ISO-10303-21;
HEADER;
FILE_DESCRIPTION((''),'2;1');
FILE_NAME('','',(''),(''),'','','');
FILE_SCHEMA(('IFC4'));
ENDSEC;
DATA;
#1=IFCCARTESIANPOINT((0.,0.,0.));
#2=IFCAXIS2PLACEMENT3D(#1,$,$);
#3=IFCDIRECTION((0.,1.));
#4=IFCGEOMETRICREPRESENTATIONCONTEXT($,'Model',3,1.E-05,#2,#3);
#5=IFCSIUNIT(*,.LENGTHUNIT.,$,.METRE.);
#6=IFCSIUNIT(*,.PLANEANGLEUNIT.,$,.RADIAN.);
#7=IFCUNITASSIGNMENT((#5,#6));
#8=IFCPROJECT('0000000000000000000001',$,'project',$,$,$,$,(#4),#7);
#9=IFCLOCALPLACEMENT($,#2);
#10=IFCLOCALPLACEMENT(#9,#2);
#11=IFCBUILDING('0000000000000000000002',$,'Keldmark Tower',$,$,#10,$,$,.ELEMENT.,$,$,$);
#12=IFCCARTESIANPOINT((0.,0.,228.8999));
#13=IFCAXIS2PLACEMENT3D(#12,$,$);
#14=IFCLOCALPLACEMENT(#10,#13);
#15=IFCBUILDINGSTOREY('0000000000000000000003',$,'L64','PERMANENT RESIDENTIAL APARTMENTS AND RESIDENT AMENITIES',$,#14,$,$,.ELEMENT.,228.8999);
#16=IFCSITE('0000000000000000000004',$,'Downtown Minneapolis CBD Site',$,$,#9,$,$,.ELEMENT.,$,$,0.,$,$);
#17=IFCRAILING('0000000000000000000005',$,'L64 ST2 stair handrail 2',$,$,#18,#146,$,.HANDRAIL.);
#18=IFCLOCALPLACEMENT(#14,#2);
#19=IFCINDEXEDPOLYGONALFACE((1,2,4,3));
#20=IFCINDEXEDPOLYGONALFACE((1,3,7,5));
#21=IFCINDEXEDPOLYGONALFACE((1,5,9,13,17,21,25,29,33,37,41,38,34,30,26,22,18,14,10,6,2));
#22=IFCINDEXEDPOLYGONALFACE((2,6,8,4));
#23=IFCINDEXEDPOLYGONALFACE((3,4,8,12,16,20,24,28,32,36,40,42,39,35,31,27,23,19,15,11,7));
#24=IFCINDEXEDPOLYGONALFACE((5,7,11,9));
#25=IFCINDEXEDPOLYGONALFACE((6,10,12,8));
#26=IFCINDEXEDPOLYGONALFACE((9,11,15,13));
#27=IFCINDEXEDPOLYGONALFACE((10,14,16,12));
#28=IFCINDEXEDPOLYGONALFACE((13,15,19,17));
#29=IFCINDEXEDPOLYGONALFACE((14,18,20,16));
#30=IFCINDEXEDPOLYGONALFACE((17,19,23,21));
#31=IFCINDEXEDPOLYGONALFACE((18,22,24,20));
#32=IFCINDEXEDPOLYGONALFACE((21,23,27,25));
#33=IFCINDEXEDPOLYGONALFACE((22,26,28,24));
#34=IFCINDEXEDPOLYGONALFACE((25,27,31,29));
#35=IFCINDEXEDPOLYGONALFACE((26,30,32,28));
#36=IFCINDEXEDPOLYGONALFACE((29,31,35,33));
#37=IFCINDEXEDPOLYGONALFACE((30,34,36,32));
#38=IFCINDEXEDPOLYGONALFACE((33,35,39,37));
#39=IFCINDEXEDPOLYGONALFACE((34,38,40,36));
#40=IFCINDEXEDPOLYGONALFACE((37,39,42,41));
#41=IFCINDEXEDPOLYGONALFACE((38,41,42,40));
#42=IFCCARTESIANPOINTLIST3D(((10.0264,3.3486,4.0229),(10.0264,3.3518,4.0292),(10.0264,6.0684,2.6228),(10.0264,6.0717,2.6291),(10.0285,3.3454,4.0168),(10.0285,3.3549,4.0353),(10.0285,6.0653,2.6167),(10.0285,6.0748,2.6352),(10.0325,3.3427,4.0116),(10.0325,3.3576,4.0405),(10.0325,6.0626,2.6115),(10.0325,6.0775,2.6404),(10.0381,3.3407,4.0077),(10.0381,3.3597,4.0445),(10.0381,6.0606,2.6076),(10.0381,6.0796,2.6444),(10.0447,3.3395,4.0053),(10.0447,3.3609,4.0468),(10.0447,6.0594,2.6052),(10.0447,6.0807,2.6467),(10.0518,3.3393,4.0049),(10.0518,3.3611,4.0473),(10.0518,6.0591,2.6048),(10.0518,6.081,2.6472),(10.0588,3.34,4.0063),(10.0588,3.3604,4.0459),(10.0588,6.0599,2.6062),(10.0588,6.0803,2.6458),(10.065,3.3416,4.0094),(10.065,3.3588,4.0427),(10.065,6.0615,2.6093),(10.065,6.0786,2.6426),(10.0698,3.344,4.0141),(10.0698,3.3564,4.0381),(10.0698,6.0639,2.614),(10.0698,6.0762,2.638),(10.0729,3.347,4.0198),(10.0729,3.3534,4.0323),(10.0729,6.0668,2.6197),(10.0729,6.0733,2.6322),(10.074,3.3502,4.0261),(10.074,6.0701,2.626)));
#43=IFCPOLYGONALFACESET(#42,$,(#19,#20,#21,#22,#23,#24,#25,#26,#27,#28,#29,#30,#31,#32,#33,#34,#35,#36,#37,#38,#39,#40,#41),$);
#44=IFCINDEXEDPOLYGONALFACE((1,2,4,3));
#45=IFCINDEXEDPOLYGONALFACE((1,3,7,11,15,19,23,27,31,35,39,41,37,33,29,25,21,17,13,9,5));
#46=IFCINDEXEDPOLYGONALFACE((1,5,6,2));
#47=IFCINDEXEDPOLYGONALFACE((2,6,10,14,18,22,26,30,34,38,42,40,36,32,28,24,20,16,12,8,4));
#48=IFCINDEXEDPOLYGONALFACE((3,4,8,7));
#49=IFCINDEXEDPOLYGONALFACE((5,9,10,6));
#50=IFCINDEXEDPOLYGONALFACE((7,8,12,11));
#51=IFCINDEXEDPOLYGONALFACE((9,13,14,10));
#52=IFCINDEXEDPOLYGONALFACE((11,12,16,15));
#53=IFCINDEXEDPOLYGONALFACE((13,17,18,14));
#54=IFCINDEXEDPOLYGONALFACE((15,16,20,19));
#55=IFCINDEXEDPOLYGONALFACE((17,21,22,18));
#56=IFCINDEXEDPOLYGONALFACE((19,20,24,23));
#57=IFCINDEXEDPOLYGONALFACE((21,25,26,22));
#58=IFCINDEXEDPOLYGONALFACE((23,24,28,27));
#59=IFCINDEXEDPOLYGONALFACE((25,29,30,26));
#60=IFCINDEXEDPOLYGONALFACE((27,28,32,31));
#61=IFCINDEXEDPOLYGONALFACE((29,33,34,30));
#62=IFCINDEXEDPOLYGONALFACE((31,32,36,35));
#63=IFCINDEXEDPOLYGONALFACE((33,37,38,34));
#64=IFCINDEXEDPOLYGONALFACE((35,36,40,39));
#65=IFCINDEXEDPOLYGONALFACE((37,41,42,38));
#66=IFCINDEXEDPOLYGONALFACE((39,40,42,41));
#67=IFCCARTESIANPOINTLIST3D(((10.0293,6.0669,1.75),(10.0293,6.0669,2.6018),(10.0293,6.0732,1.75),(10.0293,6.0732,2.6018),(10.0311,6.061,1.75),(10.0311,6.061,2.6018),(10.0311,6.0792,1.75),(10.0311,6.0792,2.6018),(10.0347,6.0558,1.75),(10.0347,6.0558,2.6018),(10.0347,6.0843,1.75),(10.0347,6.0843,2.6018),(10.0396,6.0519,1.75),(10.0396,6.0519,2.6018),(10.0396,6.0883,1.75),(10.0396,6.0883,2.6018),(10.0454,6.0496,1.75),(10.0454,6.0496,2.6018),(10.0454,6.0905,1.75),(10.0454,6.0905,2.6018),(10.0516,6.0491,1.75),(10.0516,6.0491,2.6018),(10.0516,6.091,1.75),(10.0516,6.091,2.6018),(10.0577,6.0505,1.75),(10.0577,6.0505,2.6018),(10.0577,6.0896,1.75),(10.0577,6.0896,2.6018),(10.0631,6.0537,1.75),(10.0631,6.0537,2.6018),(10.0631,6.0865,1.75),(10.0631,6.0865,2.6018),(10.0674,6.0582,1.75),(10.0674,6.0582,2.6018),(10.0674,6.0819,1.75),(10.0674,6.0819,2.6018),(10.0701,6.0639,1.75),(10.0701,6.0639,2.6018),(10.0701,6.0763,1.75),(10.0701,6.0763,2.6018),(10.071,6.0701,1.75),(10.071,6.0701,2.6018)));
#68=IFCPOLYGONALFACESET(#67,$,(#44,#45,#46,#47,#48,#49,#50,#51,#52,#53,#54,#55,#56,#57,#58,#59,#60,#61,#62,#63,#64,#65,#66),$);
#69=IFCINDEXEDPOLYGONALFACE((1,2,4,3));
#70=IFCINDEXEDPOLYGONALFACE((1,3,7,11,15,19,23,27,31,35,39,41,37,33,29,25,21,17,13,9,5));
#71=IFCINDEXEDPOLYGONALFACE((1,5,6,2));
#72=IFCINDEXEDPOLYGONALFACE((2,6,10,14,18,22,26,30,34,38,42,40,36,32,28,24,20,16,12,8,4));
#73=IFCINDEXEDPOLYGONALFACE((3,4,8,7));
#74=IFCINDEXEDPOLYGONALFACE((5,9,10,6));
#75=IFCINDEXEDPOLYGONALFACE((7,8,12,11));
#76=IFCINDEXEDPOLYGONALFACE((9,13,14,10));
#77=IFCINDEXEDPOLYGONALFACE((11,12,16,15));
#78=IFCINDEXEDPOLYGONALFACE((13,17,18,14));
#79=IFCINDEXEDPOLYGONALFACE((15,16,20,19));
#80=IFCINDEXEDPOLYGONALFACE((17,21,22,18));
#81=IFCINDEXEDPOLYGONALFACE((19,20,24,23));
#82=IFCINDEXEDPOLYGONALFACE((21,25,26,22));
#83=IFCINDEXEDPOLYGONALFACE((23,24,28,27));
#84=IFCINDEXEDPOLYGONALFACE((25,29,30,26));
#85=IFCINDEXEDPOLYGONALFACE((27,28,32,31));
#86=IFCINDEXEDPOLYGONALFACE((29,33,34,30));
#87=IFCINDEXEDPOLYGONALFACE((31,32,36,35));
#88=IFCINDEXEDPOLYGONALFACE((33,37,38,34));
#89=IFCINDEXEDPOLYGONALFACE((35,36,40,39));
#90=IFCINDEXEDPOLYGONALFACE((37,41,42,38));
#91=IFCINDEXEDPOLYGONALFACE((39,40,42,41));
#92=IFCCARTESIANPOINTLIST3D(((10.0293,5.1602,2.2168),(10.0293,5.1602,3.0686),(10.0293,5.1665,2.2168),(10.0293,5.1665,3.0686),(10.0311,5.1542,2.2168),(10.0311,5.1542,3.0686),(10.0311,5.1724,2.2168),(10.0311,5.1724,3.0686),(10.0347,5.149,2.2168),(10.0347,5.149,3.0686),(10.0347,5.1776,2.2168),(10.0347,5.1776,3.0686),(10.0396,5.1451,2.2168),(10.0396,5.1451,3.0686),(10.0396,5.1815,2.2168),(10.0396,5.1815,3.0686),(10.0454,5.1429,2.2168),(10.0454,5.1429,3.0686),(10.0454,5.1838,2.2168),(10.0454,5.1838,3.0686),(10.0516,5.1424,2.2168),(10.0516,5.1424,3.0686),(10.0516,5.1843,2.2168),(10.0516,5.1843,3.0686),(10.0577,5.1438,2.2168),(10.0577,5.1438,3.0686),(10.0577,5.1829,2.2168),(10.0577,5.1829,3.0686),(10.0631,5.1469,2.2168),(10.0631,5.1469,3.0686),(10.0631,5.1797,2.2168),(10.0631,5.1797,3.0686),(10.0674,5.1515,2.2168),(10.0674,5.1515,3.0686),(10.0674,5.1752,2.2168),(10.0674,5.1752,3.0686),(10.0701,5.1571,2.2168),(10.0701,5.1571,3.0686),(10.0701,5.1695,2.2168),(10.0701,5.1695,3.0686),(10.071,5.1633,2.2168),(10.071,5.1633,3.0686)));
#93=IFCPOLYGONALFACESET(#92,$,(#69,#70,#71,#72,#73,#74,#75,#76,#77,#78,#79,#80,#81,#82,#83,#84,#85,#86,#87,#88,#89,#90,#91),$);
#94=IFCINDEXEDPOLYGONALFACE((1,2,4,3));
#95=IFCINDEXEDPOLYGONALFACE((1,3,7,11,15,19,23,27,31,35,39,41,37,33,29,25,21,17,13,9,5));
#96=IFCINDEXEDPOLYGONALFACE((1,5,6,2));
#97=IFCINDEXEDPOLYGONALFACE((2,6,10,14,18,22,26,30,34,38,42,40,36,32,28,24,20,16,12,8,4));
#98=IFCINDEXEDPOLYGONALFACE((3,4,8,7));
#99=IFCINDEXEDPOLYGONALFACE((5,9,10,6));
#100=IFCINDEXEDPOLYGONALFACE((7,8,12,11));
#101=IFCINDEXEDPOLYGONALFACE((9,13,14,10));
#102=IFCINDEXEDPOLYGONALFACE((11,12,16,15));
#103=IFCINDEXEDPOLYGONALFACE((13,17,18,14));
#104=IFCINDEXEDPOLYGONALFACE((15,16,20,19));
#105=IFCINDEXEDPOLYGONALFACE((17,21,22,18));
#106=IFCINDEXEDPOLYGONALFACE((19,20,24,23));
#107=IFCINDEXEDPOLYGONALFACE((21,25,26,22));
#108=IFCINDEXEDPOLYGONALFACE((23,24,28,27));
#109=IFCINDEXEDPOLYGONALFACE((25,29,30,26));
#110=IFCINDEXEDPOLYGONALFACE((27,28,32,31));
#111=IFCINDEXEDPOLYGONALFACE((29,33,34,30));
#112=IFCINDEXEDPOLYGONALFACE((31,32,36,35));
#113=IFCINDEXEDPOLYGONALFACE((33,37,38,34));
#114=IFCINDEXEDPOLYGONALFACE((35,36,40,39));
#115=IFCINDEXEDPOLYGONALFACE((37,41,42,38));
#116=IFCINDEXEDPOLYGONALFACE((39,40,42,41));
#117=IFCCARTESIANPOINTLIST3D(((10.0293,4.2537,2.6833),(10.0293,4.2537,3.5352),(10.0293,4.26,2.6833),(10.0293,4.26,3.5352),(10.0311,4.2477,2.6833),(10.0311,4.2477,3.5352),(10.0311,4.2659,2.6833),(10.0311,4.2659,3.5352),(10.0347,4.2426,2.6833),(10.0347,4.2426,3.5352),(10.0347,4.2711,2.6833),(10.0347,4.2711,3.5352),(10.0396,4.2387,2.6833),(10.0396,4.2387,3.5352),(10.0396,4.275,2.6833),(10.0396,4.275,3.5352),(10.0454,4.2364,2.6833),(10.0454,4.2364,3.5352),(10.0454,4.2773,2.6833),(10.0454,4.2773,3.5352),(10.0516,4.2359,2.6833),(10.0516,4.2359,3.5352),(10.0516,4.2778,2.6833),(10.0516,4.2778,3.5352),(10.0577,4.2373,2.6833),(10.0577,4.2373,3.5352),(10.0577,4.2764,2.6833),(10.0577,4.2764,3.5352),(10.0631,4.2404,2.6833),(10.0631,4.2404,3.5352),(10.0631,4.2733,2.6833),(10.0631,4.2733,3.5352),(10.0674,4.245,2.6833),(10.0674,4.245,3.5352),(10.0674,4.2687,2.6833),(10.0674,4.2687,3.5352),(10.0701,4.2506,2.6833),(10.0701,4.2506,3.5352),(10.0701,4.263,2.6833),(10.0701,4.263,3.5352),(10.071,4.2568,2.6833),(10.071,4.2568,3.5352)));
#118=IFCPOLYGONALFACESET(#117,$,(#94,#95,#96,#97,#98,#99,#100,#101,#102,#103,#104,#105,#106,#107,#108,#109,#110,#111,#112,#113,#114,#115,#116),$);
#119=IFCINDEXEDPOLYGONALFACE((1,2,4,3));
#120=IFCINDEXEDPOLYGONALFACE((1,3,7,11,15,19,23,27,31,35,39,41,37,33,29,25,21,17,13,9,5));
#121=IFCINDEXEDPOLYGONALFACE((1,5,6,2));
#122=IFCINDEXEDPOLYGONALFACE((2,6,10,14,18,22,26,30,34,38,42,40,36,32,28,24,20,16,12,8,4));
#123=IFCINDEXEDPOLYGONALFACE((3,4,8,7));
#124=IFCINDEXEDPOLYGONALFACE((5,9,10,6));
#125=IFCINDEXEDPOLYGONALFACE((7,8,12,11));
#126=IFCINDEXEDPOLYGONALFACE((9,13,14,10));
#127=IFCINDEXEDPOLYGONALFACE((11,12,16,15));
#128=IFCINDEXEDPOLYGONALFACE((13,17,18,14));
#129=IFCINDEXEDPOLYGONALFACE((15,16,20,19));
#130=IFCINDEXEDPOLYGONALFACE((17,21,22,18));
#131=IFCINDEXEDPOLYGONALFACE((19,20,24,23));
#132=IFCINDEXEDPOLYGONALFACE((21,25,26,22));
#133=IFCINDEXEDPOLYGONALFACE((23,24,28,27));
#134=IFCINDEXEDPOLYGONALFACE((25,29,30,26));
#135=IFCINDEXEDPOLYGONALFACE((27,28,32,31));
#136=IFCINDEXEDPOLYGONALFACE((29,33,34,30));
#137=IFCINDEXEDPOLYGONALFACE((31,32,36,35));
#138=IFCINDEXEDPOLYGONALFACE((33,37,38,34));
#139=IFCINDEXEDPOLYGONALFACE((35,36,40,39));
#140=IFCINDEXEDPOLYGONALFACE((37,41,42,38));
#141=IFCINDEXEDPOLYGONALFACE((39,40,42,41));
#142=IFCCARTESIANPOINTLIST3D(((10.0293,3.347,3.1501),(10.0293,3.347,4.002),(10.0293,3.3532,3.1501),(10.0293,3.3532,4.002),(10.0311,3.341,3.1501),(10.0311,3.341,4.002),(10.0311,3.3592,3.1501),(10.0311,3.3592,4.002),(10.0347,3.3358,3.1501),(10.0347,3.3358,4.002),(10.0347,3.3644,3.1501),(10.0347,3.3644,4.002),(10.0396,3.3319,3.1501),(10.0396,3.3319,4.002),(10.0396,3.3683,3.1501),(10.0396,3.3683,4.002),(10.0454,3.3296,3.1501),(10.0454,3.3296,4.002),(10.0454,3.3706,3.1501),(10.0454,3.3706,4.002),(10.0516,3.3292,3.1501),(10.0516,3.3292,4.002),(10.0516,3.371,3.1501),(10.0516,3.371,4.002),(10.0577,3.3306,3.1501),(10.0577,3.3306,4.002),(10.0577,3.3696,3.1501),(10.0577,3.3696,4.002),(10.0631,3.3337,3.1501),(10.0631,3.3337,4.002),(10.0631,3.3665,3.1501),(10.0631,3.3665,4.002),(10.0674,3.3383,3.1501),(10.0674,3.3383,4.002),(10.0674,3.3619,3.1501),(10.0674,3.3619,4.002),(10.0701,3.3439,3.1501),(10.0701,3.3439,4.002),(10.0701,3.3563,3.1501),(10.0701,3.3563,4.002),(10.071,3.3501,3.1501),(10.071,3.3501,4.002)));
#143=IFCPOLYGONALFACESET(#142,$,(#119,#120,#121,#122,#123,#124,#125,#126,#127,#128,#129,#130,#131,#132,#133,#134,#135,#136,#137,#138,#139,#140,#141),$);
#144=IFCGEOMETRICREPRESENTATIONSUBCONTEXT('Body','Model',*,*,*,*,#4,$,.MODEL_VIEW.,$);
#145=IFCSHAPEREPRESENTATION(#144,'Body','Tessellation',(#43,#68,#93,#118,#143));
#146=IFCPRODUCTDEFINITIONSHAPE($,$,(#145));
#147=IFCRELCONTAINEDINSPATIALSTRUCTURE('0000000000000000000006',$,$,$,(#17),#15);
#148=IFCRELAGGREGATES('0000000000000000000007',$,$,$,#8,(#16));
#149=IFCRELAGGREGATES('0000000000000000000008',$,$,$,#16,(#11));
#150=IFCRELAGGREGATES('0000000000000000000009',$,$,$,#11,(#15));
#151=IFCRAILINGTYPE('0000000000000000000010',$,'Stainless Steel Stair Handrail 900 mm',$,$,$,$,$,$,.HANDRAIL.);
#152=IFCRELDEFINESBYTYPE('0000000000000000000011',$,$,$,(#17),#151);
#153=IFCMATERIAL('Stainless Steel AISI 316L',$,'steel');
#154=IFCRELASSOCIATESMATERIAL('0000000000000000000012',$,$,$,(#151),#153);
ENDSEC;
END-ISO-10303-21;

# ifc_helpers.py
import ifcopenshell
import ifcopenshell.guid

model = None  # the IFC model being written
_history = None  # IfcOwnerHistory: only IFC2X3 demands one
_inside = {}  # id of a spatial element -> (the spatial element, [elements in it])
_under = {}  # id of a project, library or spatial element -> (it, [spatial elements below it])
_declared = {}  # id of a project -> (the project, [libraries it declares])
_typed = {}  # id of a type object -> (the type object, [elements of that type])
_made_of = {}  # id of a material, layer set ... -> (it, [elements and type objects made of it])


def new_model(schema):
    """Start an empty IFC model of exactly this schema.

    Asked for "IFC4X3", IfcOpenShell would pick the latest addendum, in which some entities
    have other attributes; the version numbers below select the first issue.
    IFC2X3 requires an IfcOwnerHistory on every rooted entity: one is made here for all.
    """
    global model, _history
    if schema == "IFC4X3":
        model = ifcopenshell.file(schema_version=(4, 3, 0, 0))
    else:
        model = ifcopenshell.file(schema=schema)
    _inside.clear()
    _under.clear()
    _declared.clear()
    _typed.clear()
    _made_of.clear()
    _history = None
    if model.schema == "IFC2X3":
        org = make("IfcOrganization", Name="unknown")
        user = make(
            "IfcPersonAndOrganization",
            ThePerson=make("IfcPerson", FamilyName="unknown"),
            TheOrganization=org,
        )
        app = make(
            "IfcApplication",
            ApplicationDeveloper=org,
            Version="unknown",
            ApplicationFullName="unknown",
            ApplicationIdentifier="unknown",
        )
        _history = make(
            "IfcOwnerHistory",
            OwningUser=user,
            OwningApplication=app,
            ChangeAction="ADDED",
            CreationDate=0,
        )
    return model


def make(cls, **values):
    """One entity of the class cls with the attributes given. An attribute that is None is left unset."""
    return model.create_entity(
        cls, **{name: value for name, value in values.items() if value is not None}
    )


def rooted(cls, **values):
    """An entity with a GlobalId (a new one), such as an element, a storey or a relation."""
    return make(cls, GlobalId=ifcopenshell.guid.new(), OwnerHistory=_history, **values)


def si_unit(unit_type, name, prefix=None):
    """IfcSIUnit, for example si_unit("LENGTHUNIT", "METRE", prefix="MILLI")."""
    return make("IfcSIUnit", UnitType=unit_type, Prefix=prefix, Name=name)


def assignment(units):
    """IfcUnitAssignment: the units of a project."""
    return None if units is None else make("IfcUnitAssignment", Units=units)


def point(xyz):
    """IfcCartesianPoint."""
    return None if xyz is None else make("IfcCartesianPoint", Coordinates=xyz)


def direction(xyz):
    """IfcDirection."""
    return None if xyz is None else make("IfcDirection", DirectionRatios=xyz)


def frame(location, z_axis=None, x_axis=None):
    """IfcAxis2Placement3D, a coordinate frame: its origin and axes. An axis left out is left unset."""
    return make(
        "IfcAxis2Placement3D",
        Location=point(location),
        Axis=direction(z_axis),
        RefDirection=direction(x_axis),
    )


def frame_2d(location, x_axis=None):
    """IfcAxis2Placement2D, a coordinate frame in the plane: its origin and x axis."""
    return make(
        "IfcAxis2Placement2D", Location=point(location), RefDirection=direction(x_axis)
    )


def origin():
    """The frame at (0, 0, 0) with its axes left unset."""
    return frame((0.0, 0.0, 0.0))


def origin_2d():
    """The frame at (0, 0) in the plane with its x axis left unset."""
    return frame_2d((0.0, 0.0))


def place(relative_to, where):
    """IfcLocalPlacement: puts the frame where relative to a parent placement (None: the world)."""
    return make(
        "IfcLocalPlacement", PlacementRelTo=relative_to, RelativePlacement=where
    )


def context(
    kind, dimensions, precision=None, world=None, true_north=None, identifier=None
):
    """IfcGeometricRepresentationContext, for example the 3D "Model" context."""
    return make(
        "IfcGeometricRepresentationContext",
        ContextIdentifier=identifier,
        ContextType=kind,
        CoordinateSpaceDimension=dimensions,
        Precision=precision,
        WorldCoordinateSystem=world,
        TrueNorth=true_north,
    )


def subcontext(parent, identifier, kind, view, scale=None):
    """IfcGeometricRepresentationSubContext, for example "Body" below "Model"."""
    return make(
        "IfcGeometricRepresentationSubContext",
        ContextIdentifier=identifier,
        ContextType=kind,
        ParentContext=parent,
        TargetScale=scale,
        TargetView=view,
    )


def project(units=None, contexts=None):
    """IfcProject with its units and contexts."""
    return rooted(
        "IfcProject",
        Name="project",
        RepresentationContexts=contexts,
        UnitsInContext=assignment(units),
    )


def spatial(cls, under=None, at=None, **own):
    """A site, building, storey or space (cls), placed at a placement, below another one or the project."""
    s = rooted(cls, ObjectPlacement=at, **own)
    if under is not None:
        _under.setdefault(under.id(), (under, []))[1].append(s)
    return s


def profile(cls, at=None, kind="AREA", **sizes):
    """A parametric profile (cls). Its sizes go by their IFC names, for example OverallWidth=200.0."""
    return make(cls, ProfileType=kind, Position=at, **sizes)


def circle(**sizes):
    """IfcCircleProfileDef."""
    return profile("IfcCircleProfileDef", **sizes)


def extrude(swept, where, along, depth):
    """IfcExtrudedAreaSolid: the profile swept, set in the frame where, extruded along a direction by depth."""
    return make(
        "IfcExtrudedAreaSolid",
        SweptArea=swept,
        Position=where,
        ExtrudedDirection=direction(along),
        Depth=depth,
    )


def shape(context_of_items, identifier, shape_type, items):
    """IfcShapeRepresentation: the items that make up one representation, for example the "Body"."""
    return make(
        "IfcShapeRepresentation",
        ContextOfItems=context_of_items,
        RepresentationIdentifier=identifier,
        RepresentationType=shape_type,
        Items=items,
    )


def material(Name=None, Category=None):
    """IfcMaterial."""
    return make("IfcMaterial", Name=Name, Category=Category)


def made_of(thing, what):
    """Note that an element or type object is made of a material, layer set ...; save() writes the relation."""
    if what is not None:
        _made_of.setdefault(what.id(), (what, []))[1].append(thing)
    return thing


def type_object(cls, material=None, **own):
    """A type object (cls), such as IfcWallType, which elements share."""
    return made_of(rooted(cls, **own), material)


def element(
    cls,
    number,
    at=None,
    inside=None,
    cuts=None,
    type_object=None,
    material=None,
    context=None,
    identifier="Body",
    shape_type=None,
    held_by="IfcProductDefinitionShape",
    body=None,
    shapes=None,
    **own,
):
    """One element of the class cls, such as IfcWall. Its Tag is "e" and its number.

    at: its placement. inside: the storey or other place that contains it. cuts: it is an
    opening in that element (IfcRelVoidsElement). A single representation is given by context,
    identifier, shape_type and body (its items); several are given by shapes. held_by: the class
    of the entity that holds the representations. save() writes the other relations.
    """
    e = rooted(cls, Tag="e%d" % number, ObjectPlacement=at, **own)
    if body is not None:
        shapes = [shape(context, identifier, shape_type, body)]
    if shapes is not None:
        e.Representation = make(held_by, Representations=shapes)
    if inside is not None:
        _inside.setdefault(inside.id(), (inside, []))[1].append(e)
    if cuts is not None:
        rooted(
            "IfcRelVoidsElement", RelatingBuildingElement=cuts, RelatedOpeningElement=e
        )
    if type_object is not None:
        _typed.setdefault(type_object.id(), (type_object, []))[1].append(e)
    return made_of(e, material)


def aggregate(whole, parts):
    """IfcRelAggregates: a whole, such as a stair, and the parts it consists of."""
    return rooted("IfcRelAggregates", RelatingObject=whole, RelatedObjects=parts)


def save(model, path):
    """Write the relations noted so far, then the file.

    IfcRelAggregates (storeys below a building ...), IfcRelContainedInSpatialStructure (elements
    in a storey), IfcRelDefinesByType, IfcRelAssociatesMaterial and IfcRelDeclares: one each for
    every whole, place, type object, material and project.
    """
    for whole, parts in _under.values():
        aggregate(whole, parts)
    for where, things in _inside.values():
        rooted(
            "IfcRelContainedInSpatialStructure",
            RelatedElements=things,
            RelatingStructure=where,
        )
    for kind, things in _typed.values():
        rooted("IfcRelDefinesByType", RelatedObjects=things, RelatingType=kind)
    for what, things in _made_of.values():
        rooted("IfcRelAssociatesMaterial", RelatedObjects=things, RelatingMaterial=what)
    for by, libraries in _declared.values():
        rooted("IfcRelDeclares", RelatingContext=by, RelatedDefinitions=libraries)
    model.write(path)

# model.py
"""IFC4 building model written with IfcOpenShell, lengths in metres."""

from ifc_helpers import new_model, si_unit, direction, frame, origin, origin_2d, place, context, subcontext, project, spatial, circle, extrude, material, type_object, element, save


model = new_model("IFC4")

# Units and contexts
model_context = context("Model", 3, precision=1e-05, world=origin(), true_north=direction((0.0, 1.0)))
body_context = subcontext(model_context, "Body", "Model", "MODEL_VIEW")
ifc_project = project(units=[si_unit("LENGTHUNIT", "METRE"), si_unit("PLANEANGLEUNIT", "RADIAN")], contexts=[model_context])

# Site, building, storey
site_placement = place(None, origin())
site = spatial("IfcSite", under=ifc_project, at=site_placement, Name="Downtown Minneapolis CBD Site", CompositionType="ELEMENT", RefElevation=0.0)
building_placement = place(site_placement, origin())
building = spatial("IfcBuilding", under=site, at=building_placement, Name="Keldmark Tower", CompositionType="ELEMENT")
storey_placement = place(building_placement, frame((0.0, 0.0, 228.8999)))
storey = spatial("IfcBuildingStorey", under=building, at=storey_placement, Name="L64", Description="PERMANENT RESIDENTIAL APARTMENTS AND RESIDENT AMENITIES", CompositionType="ELEMENT", Elevation=228.8999)

# Railing
ifc_material_1 = material(Name="Stainless Steel AISI 316L", Category="steel")
railing_type_1 = type_object("IfcRailingType", Name="Stainless Steel Stair Handrail 900 mm", PredefinedType="HANDRAIL", material=ifc_material_1)
railing_1_placement = place(storey_placement, frame((10.05, 6.0701, 1.75)))
element("IfcRailing", 1, at=railing_1_placement, inside=storey, type_object=railing_type_1, Name="L64 ST2 stair handrail 2", PredefinedType="HANDRAIL", context=body_context, shape_type="SweptSolid", body=[
    extrude(circle(Radius=0.0239, at=origin_2d()), frame((0.0, 0.0, 0.876), z_axis=(0.0, -0.889114, 0.457685), x_axis=(1.0, 0.0, 0.0)), (0.0, 0.0, 1.0), 3.0591),
    extrude(circle(Radius=0.021, at=origin_2d()), origin(), (0.0, 0.0, 1.0), 0.8518),
    extrude(circle(Radius=0.021, at=origin_2d()), frame((0.0, -0.9067, 0.4668)), (0.0, 0.0, 1.0), 0.8518),
    extrude(circle(Radius=0.021, at=origin_2d()), frame((0.0, -1.8132, 0.9333)), (0.0, 0.0, 1.0), 0.8518),
    extrude(circle(Radius=0.021, at=origin_2d()), frame((0.0, -2.72, 1.4001)), (0.0, 0.0, 1.0), 0.8518),
])

save(model, "model.ifc")
